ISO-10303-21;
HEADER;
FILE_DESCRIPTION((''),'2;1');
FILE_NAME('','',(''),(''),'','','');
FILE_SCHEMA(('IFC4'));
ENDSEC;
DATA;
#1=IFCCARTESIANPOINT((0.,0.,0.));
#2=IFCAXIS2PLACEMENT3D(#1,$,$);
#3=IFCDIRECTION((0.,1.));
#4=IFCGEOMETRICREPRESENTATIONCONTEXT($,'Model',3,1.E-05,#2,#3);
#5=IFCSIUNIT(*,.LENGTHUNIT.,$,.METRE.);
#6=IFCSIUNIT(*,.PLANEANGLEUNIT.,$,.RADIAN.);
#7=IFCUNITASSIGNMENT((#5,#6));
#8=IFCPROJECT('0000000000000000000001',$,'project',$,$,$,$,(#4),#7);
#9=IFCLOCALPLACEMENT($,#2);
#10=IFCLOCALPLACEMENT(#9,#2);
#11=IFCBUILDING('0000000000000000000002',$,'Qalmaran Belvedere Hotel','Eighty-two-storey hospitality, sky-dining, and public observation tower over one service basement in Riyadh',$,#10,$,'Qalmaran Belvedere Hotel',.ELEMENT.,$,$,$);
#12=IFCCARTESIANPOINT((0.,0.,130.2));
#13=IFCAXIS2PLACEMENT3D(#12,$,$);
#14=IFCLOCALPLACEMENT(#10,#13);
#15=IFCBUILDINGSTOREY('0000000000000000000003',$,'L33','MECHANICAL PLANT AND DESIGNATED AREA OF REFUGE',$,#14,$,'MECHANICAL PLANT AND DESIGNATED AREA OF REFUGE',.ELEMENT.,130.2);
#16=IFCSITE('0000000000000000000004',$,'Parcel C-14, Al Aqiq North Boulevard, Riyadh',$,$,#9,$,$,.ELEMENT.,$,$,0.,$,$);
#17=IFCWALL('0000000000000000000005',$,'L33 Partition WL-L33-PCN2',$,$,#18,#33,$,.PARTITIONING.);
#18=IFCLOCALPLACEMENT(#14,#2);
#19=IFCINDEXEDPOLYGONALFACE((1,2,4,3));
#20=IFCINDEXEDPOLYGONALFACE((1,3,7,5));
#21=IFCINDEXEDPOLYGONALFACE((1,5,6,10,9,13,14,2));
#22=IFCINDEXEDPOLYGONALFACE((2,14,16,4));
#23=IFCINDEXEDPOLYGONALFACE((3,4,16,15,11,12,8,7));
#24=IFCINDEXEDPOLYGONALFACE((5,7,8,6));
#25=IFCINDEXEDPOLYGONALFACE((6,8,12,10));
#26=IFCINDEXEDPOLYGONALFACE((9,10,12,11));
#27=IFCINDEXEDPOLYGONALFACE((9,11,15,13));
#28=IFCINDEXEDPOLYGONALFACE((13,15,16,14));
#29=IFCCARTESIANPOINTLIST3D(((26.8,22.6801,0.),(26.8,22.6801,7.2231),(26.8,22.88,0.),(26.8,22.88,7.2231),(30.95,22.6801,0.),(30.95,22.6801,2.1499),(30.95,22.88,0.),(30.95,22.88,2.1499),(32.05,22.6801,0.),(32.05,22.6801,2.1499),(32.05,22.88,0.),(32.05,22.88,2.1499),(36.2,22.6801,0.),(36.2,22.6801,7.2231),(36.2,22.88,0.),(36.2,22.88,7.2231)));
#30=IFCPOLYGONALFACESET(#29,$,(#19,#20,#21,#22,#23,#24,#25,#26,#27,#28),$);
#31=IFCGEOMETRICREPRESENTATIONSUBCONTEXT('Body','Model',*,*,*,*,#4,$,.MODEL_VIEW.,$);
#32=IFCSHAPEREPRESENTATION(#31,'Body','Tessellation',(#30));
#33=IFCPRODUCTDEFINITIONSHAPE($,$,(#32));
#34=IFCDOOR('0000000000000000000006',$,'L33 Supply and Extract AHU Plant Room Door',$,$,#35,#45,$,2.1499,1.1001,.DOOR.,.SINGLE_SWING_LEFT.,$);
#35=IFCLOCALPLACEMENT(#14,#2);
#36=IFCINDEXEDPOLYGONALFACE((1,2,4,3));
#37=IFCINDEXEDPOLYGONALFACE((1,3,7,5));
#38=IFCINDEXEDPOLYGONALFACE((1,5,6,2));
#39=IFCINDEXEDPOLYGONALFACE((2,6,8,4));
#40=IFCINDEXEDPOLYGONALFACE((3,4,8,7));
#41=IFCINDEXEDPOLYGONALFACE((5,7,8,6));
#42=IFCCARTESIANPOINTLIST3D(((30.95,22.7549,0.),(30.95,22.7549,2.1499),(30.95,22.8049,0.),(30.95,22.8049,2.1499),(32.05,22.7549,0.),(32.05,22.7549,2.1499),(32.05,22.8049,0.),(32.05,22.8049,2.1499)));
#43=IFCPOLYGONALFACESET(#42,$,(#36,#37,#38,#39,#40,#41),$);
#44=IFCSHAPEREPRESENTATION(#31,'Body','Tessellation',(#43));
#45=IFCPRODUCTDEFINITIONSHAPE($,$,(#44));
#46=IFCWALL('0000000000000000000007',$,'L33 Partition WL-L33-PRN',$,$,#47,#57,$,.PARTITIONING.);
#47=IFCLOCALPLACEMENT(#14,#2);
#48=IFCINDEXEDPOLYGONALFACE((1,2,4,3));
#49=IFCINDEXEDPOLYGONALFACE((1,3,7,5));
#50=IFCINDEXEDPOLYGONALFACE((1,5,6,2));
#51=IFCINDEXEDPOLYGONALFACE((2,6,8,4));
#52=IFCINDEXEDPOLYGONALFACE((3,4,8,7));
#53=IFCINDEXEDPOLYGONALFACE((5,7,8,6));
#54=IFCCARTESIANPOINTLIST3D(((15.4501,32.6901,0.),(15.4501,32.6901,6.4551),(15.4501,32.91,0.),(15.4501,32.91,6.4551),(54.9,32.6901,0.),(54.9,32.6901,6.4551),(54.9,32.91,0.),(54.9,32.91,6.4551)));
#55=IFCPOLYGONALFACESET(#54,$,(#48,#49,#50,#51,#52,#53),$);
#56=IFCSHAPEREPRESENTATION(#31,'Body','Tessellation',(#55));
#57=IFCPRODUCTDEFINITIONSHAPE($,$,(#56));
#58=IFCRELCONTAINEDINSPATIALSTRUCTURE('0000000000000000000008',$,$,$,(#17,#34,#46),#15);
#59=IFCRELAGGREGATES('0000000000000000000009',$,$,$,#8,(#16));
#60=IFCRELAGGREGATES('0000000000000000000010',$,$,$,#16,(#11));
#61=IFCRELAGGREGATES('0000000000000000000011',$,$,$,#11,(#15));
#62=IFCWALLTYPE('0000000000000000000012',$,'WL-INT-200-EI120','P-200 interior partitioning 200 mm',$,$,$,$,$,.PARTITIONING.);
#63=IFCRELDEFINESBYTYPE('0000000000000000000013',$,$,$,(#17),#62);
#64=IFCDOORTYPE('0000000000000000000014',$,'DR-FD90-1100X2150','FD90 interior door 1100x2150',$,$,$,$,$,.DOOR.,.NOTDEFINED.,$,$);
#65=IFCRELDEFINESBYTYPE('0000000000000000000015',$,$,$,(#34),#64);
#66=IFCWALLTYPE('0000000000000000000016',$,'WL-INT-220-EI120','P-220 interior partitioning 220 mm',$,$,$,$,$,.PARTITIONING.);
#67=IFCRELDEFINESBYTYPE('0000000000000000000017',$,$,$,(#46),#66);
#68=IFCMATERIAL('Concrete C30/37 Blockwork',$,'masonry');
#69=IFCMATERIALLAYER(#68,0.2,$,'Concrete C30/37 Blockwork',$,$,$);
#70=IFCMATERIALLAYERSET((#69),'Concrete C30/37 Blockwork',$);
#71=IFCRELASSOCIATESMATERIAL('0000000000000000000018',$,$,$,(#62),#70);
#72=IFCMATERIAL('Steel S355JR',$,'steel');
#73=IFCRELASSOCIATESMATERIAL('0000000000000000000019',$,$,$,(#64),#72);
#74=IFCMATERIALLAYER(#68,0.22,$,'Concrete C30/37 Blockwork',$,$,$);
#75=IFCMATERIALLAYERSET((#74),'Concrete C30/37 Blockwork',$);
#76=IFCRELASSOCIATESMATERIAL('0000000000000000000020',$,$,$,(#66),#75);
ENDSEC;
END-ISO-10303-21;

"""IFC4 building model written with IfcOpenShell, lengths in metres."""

from ifc_helpers import new_model, si_unit, direction, frame, frame_2d, origin, place, context, subcontext, project, spatial, rectangle, extrude, material, layer, layer_set, type_object, element, fill, save


model = new_model("IFC4")

# Units and contexts
model_context = context("Model", 3, precision=1e-05, world=origin(), true_north=direction((0.0, 1.0)))
body_context = subcontext(model_context, "Body", "Model", "MODEL_VIEW")
ifc_project = project(units=[si_unit("LENGTHUNIT", "METRE"), si_unit("PLANEANGLEUNIT", "RADIAN")], contexts=[model_context])

# Site, building, storey
site_placement = place(None, origin())
site = spatial("IfcSite", under=ifc_project, at=site_placement, Name="Parcel C-14, Al Aqiq North Boulevard, Riyadh", CompositionType="ELEMENT", RefElevation=0.0)
building_placement = place(site_placement, origin())
building = spatial("IfcBuilding", under=site, at=building_placement, Name="Qalmaran Belvedere Hotel", Description="Eighty-two-storey hospitality, sky-dining, and public observation tower over one service basement in Riyadh", LongName="Qalmaran Belvedere Hotel", CompositionType="ELEMENT")
storey_placement = place(building_placement, frame((0.0, 0.0, 130.2)))
storey = spatial("IfcBuildingStorey", under=building, at=storey_placement, Name="L33", Description="MECHANICAL PLANT AND DESIGNATED AREA OF REFUGE", LongName="MECHANICAL PLANT AND DESIGNATED AREA OF REFUGE", CompositionType="ELEMENT", Elevation=130.2)

# Shared definitions
ifc_material_1 = material(Name="Steel S355JR", Category="steel")

# Shared definitions
ifc_material_2 = material(Name="Concrete C30/37 Blockwork", Category="masonry")
ifc_layer_1 = layer(ifc_material_2, 0.2, Name="Concrete C30/37 Blockwork")
ifc_layer_set_1 = layer_set([ifc_layer_1], Name="Concrete C30/37 Blockwork")
wall_type_1 = type_object("IfcWallType", Name="WL-INT-200-EI120", Description="P-200 interior partitioning 200 mm", PredefinedType="PARTITIONING", material=ifc_layer_set_1)
door_type = type_object("IfcDoorType", Name="DR-FD90-1100X2150", Description="FD90 interior door 1100x2150", OperationType="NOTDEFINED", PredefinedType="DOOR", material=ifc_material_1)

# Wall, opening, door
wall_1_placement = place(storey_placement, frame((26.8, 22.78, 0.0), z_axis=(0.0, 0.0, 1.0), x_axis=(1.0, 0.0, 0.0)))
wall_1 = element("IfcWall", 1, at=wall_1_placement, inside=storey, type_object=wall_type_1, Name="L33 Partition WL-L33-PCN2", PredefinedType="PARTITIONING", context=body_context, shape_type="SweptSolid", body=[
    extrude(rectangle(XDim=9.3999, YDim=0.2, at=frame_2d((4.7, 0.0))), origin(), (0.0, 0.0, 1.0), 7.2231),
])
opening_1_placement = place(wall_1_placement, frame((4.1499, 0.0, 0.0)))
opening_1 = element("IfcOpeningElement", 2, at=opening_1_placement, cuts=wall_1, PredefinedType="OPENING", context=body_context, shape_type="SweptSolid", body=[
    extrude(rectangle(XDim=1.1001, YDim=2.1499, at=frame_2d((0.55, 1.075))), frame((0.0, 0.1099, 0.0), z_axis=(0.0, -1.0, 0.0), x_axis=(1.0, 0.0, 0.0)), (0.0, 0.0, 1.0), 0.22),
])
door_1_placement = place(opening_1_placement, origin())
door_1 = element("IfcDoor", 3, at=door_1_placement, inside=storey, type_object=door_type, Name="L33 Supply and Extract AHU Plant Room Door", OperationType="SINGLE_SWING_LEFT", OverallHeight=2.1499, OverallWidth=1.1001, PredefinedType="DOOR", context=body_context, shape_type="SweptSolid", body=[
    extrude(rectangle(XDim=1.1001, YDim=2.1499, at=frame_2d((0.55, 1.075))), frame((0.0, 0.0249, 0.0), z_axis=(0.0, -1.0, 0.0), x_axis=(1.0, 0.0, 0.0)), (0.0, 0.0, 1.0), 0.05),
])
fill(opening_1, door_1)

# Wall
ifc_layer_2 = layer(ifc_material_2, 0.22, Name="Concrete C30/37 Blockwork")
ifc_layer_set_2 = layer_set([ifc_layer_2], Name="Concrete C30/37 Blockwork")
wall_type_2 = type_object("IfcWallType", Name="WL-INT-220-EI120", Description="P-220 interior partitioning 220 mm", PredefinedType="PARTITIONING", material=ifc_layer_set_2)
wall_2_placement = place(storey_placement, frame((15.45, 32.8, 0.0), z_axis=(0.0, 0.0, 1.0), x_axis=(1.0, 0.0, 0.0)))
element("IfcWall", 4, at=wall_2_placement, inside=storey, type_object=wall_type_2, Name="L33 Partition WL-L33-PRN", PredefinedType="PARTITIONING", context=body_context, shape_type="SweptSolid", body=[
    extrude(rectangle(XDim=39.45, YDim=0.22, at=frame_2d((19.7251, 0.0))), origin(), (0.0, 0.0, 1.0), 6.4551),
])

save(model, "model.ifc")
